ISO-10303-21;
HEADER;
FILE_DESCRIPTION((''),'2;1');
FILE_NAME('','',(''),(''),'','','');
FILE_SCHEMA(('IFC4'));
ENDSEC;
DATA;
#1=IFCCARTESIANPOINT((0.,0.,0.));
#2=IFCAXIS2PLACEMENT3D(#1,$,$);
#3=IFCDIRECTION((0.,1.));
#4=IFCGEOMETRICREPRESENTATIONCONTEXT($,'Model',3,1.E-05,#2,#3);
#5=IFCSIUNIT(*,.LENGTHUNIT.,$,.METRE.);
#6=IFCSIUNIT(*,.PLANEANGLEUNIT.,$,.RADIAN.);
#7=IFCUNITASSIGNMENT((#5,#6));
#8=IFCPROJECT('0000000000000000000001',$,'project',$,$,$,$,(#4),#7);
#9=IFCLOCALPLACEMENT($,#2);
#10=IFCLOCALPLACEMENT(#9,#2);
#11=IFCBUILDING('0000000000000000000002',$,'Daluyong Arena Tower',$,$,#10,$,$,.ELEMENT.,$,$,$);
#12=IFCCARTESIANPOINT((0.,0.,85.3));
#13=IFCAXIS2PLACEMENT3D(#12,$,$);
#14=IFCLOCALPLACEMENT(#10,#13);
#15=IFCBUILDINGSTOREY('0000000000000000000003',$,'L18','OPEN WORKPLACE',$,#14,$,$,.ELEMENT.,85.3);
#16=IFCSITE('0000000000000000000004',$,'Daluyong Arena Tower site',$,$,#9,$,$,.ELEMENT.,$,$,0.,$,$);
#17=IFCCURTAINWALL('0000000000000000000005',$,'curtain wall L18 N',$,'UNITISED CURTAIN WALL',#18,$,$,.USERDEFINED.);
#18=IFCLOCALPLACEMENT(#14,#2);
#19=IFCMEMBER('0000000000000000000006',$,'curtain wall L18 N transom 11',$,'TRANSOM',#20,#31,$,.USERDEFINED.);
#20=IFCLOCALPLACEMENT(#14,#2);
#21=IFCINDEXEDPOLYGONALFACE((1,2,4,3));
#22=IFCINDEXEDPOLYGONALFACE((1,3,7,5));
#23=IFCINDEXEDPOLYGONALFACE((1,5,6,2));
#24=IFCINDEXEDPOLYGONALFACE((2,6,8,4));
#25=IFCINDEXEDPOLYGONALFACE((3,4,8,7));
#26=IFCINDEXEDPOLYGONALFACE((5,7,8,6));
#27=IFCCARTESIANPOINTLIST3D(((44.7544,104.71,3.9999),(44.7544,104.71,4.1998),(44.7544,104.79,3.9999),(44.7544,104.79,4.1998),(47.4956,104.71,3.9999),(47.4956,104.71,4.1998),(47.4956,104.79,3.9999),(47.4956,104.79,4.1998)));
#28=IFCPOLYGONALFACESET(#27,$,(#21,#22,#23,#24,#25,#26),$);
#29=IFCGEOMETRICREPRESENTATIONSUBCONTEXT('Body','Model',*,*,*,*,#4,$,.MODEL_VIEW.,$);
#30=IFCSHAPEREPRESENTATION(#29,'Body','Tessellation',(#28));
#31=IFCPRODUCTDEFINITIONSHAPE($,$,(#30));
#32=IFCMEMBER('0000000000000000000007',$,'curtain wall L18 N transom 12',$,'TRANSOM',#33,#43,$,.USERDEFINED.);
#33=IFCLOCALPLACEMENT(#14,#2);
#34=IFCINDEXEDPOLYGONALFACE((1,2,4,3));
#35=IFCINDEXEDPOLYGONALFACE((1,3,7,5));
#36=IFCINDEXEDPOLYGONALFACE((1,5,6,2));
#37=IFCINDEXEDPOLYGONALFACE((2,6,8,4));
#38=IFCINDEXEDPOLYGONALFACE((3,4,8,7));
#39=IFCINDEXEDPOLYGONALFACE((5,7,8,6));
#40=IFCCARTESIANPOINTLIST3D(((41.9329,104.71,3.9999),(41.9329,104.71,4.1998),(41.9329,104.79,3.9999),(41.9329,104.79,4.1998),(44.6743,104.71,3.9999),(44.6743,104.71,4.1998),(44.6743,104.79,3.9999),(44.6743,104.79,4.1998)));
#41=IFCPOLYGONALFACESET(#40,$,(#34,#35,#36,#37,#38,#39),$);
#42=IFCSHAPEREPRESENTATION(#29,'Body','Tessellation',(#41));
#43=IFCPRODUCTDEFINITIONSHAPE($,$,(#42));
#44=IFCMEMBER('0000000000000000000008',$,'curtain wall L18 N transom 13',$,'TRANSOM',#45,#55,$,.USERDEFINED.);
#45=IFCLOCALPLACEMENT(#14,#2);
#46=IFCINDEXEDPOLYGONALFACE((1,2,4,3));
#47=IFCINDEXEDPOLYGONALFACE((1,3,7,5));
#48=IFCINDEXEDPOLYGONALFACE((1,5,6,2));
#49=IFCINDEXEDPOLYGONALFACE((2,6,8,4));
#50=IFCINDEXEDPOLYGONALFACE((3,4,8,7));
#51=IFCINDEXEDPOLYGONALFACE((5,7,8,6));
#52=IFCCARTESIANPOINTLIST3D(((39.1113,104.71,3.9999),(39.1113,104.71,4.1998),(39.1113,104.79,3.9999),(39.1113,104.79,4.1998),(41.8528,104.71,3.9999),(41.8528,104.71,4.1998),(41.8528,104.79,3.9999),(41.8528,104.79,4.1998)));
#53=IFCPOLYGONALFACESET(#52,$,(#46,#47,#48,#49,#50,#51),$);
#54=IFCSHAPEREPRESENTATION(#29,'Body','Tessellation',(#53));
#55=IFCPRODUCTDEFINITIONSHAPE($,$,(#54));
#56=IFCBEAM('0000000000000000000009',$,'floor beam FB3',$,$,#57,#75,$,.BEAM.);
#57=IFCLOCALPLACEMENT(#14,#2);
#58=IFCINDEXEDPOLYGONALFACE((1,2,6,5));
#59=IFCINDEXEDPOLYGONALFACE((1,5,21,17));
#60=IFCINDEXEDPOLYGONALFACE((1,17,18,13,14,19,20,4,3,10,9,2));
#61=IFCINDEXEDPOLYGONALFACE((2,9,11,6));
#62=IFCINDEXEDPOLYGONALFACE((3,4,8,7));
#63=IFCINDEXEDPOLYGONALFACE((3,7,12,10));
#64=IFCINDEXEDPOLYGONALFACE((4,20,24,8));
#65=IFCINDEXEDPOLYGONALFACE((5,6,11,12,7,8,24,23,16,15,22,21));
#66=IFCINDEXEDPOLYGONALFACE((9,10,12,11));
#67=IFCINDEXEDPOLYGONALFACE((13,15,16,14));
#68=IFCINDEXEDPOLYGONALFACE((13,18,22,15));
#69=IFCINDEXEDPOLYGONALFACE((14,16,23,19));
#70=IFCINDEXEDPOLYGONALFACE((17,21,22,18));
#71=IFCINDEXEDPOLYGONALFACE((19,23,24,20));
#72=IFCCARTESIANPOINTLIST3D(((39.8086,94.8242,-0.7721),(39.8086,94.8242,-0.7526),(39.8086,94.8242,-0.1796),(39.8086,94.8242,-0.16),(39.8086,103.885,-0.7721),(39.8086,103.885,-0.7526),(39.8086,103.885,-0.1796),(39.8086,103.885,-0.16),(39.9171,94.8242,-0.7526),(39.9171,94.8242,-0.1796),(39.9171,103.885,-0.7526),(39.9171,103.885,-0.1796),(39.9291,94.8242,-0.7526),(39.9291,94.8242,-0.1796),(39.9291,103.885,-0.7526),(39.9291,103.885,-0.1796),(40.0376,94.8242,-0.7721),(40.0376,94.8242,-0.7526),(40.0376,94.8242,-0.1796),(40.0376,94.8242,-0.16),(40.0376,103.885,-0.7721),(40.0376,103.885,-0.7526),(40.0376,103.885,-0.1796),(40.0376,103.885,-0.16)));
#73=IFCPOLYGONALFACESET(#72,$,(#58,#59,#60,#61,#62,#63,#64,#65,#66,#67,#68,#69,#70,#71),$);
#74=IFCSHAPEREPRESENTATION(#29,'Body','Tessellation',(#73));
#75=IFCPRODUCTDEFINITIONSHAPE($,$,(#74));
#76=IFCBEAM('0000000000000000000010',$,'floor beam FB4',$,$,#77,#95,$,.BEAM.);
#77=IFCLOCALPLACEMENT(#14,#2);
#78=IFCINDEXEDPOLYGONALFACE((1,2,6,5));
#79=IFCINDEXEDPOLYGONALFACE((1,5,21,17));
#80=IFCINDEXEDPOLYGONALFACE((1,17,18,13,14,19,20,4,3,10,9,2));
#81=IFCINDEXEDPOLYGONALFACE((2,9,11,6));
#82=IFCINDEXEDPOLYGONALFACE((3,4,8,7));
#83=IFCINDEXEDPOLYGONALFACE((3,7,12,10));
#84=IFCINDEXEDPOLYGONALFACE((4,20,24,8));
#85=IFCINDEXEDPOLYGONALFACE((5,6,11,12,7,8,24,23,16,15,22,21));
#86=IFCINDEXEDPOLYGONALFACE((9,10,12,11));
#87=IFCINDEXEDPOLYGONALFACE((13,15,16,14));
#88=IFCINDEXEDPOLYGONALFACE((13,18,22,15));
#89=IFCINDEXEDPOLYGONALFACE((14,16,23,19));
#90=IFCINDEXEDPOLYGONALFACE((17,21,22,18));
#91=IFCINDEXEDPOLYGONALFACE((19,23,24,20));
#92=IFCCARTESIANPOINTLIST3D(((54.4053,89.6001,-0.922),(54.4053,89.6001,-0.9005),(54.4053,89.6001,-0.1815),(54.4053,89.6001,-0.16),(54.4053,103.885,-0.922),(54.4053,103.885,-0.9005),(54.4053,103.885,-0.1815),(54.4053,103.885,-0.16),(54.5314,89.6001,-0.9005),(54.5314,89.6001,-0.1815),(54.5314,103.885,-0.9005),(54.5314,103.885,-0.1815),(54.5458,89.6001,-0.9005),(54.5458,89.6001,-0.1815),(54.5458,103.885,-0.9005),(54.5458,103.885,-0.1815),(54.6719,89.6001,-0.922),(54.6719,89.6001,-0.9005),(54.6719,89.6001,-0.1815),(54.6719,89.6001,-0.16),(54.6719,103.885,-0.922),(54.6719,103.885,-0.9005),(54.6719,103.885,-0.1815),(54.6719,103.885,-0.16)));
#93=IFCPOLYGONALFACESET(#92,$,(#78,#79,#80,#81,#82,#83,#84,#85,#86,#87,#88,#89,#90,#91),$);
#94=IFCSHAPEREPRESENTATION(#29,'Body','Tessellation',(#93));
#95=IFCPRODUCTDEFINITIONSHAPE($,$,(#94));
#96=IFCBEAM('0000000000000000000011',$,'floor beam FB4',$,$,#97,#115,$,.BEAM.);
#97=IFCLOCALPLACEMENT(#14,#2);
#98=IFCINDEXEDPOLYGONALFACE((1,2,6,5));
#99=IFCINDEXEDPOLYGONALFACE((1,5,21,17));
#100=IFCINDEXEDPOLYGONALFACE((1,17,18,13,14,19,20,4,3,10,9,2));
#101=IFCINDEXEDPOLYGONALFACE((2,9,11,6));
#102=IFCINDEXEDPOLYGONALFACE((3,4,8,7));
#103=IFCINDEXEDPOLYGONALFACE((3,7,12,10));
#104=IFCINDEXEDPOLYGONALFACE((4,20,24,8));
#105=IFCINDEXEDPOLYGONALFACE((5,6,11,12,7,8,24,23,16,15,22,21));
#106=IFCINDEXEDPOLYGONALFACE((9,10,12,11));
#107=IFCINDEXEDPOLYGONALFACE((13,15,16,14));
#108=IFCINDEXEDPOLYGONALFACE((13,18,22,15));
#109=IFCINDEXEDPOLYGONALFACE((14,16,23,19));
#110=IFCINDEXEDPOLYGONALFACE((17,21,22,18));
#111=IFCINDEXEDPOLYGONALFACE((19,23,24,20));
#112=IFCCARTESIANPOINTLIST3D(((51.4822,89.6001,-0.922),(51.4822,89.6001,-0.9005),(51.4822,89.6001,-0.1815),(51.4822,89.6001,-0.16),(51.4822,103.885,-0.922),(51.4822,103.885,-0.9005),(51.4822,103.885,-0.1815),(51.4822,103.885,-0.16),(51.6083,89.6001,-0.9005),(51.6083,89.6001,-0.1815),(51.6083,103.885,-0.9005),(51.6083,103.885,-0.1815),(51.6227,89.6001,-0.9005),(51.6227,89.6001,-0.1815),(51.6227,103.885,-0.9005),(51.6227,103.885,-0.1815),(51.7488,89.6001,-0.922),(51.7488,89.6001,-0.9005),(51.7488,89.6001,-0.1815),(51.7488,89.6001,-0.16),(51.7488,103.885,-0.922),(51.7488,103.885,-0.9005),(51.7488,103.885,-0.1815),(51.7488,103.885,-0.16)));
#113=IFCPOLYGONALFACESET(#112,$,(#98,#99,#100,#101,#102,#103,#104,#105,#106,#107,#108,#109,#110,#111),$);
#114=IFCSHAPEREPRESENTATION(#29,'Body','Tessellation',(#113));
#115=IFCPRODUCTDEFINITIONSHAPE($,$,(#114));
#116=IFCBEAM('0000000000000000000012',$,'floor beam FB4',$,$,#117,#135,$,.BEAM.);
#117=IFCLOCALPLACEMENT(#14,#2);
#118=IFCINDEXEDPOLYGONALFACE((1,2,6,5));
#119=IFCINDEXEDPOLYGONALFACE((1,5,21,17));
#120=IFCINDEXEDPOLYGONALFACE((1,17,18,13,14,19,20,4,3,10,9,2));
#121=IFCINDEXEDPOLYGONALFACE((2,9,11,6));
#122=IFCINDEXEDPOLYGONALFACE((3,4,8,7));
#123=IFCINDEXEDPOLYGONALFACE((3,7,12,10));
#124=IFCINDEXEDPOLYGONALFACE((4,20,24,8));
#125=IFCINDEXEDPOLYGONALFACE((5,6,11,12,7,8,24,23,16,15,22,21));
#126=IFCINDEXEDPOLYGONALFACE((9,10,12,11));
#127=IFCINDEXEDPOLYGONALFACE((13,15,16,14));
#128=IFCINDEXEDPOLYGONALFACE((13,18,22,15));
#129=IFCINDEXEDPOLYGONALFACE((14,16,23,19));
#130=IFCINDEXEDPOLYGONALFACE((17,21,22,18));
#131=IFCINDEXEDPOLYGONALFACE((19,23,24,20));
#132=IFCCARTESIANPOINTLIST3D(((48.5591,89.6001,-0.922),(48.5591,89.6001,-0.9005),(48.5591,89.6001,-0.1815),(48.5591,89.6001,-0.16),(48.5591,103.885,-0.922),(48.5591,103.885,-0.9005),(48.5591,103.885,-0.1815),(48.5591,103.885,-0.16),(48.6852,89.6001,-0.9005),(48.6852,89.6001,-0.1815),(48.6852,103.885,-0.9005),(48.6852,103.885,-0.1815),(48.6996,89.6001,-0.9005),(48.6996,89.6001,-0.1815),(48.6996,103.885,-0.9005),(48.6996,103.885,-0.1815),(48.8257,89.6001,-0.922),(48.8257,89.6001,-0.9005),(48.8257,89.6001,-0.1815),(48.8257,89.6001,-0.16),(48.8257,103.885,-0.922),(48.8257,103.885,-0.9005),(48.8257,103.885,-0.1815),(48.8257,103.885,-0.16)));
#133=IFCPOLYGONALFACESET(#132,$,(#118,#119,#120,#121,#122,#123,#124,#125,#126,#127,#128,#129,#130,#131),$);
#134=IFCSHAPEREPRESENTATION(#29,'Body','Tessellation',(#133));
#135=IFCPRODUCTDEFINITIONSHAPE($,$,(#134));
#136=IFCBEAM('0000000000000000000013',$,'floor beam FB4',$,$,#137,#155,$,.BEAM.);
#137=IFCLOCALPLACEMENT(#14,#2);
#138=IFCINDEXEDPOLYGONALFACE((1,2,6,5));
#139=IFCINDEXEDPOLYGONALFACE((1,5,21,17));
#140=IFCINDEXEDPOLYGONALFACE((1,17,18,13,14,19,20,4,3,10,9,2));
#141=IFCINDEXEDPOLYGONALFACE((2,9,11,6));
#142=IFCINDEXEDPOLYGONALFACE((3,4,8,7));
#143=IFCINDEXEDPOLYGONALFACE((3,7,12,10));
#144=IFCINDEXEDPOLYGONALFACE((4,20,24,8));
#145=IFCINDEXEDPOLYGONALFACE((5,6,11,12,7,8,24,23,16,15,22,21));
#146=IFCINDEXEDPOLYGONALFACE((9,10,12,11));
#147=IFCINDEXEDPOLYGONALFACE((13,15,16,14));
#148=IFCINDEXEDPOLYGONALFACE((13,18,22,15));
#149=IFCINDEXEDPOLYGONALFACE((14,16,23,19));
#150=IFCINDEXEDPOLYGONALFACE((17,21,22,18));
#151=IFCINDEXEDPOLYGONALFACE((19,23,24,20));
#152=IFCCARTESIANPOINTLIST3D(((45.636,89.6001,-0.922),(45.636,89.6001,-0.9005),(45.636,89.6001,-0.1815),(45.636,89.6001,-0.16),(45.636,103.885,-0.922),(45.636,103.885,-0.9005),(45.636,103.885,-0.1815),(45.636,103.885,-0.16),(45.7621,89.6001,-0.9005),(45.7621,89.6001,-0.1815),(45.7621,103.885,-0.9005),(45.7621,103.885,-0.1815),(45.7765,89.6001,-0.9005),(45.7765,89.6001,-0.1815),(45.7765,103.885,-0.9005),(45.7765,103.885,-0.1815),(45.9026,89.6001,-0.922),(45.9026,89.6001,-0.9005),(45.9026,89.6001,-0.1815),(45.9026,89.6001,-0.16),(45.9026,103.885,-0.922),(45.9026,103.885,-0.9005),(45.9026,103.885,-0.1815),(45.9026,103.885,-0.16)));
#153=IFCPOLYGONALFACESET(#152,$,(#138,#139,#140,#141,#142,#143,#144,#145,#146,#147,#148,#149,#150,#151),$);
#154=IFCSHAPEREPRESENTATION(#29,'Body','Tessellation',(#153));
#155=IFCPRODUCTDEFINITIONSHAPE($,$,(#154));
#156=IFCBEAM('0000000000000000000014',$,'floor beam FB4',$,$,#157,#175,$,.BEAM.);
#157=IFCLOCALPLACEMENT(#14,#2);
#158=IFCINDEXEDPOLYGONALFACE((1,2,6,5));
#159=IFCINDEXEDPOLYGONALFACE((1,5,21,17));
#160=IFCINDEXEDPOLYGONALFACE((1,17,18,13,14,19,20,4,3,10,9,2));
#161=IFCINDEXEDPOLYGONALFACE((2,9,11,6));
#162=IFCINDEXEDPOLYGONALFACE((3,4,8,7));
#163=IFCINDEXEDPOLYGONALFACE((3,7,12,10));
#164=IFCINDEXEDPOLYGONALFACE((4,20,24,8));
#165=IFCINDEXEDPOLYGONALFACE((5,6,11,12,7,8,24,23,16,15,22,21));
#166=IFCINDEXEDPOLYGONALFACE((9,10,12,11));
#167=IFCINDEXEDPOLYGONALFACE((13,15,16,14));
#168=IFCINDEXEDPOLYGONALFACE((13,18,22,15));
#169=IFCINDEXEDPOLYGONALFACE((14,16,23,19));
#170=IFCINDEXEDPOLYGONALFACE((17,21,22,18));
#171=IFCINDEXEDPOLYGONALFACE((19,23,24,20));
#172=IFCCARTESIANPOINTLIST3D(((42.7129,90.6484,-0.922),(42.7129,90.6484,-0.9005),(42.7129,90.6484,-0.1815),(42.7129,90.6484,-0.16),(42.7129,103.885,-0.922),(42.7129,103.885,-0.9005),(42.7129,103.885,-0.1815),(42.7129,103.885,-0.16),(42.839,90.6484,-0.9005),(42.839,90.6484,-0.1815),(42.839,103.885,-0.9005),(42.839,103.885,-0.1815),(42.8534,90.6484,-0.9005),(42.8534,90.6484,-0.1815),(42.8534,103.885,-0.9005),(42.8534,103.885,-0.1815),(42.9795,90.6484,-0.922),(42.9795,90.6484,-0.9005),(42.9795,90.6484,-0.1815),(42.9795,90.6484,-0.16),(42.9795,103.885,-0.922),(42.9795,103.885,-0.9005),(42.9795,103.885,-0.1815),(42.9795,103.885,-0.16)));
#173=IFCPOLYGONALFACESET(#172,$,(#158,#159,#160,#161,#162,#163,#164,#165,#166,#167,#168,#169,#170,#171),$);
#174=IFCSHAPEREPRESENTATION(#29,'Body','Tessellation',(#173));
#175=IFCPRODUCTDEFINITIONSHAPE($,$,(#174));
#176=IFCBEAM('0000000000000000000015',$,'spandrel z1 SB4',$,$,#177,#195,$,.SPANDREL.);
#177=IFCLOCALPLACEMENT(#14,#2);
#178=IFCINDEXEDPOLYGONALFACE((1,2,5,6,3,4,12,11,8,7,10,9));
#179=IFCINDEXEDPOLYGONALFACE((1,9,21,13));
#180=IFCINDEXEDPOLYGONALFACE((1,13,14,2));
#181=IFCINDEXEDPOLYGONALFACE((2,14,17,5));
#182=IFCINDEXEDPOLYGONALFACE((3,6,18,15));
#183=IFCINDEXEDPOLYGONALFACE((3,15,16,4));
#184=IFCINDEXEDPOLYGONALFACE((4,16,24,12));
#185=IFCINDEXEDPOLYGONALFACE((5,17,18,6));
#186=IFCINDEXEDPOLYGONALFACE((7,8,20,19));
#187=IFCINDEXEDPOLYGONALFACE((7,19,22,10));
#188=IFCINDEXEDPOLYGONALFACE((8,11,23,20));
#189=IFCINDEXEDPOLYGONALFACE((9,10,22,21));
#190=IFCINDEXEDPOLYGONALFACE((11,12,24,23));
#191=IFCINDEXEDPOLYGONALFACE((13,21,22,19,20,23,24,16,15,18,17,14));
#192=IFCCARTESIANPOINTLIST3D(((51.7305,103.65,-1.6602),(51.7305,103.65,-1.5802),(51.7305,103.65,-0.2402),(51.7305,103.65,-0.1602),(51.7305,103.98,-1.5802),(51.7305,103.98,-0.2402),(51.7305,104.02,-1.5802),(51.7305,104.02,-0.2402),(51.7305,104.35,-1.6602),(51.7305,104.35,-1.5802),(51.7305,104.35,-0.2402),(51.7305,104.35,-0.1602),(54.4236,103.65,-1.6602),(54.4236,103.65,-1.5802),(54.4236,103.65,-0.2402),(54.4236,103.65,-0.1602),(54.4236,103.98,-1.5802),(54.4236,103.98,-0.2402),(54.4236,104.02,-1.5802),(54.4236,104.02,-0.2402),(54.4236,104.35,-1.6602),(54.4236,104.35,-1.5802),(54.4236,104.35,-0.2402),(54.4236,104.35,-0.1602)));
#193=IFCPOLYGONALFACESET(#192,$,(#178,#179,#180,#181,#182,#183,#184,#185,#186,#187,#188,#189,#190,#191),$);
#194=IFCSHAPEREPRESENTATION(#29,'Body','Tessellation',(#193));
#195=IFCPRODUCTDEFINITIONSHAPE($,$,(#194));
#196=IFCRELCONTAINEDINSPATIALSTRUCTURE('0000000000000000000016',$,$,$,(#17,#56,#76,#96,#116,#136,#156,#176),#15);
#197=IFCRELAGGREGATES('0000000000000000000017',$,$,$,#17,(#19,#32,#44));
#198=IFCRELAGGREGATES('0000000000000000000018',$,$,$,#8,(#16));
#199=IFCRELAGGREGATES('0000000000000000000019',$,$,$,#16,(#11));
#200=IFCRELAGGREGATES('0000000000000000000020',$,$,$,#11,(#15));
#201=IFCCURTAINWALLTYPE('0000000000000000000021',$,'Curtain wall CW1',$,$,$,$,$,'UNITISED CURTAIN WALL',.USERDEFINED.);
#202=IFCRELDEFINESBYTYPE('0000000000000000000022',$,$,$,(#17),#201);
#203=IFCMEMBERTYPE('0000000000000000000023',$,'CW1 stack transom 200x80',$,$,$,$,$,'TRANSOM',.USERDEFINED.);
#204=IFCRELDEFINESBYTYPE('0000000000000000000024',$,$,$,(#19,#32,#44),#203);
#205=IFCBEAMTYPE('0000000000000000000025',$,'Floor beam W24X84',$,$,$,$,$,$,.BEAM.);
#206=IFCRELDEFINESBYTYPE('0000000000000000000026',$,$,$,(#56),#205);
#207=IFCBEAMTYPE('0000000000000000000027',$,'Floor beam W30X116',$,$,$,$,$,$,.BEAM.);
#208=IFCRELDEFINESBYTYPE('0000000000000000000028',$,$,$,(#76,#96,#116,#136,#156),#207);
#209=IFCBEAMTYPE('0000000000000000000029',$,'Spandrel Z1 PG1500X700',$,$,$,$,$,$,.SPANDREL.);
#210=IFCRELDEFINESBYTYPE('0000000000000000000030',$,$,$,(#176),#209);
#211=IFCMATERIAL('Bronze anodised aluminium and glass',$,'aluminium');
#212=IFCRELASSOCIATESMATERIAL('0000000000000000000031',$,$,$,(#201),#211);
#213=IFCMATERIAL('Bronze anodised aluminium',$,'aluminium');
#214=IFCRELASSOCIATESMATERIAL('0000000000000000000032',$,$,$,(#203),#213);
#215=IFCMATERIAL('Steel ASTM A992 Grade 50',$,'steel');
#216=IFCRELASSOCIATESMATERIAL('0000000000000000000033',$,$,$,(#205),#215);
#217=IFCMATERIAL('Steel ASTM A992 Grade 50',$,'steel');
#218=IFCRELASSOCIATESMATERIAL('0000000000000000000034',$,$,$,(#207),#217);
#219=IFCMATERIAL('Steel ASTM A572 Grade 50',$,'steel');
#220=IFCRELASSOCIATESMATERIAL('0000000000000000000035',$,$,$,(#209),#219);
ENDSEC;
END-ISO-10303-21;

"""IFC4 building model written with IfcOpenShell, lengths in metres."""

from ifc_helpers import new_model, si_unit, direction, frame, origin, origin_2d, place, context, subcontext, project, spatial, rectangle, i_section, extrude, material, material_profile, profile_set, type_object, element, aggregate, save


model = new_model("IFC4")

# Units and contexts
model_context = context("Model", 3, precision=1e-05, world=origin(), true_north=direction((0.0, 1.0)))
body_context = subcontext(model_context, "Body", "Model", "MODEL_VIEW")
ifc_project = project(units=[si_unit("LENGTHUNIT", "METRE"), si_unit("PLANEANGLEUNIT", "RADIAN")], contexts=[model_context])

# Site, building, storey
site_placement = place(None, origin())
site = spatial("IfcSite", under=ifc_project, at=site_placement, Name="Daluyong Arena Tower site", CompositionType="ELEMENT", RefElevation=0.0)
building_placement = place(site_placement, origin())
building = spatial("IfcBuilding", under=site, at=building_placement, Name="Daluyong Arena Tower", CompositionType="ELEMENT")
storey_placement = place(building_placement, frame((0.0, 0.0, 85.3)))
storey = spatial("IfcBuildingStorey", under=building, at=storey_placement, Name="L18", Description="OPEN WORKPLACE", CompositionType="ELEMENT", Elevation=85.3)

# Curtain wall, members
ifc_material_1 = material(Name="Bronze anodised aluminium and glass", Category="aluminium")
curtain_wall_type = type_object("IfcCurtainWallType", Name="Curtain wall CW1", ElementType="UNITISED CURTAIN WALL", PredefinedType="USERDEFINED", material=ifc_material_1)
curtain_wall_placement = place(storey_placement, origin())
curtain_wall = element("IfcCurtainWall", 1, at=curtain_wall_placement, inside=storey, type_object=curtain_wall_type, Name="curtain wall L18 N", ObjectType="UNITISED CURTAIN WALL", PredefinedType="USERDEFINED")
ifc_material_2 = material(Name="Bronze anodised aluminium", Category="aluminium")
ifc_material_profile_1 = material_profile(ifc_material_2, rectangle(XDim=0.0801, YDim=0.2, at=origin_2d()))
ifc_profile_set_1 = profile_set([ifc_material_profile_1], Name="Bronze anodised aluminium")
member_type_1 = type_object("IfcMemberType", Name="CW1 stack transom 200x80", ElementType="TRANSOM", PredefinedType="USERDEFINED", material=ifc_profile_set_1)
member_1_placement = place(storey_placement, frame((47.4956, 104.75, 4.0999), z_axis=(-1.0, 0.0, 0.0), x_axis=(0.0, -1.0, 0.0)))
member_1 = element("IfcMember", 2, at=member_1_placement, type_object=member_type_1, Name="curtain wall L18 N transom 11", ObjectType="TRANSOM", PredefinedType="USERDEFINED", context=body_context, shape_type="SweptSolid", body=[
    extrude(rectangle(XDim=0.0801, YDim=0.2, at=origin_2d()), origin(), (0.0, 0.0, 1.0), 2.7412),
])
member_2_placement = place(storey_placement, frame((44.6743, 104.75, 4.0999), z_axis=(-1.0, 0.0, 0.0), x_axis=(0.0, -1.0, 0.0)))
member_2 = element("IfcMember", 3, at=member_2_placement, type_object=member_type_1, Name="curtain wall L18 N transom 12", ObjectType="TRANSOM", PredefinedType="USERDEFINED", context=body_context, shape_type="SweptSolid", body=[
    extrude(rectangle(XDim=0.0801, YDim=0.2, at=origin_2d()), origin(), (0.0, 0.0, 1.0), 2.7415),
])
member_3_placement = place(storey_placement, frame((41.8528, 104.75, 4.0999), z_axis=(-1.0, 0.0, 0.0), x_axis=(0.0, -1.0, 0.0)))
member_3 = element("IfcMember", 4, at=member_3_placement, type_object=member_type_1, Name="curtain wall L18 N transom 13", ObjectType="TRANSOM", PredefinedType="USERDEFINED", context=body_context, shape_type="SweptSolid", body=[
    extrude(rectangle(XDim=0.0801, YDim=0.2, at=origin_2d()), origin(), (0.0, 0.0, 1.0), 2.7415),
])

# Beams
ifc_material_3 = material(Name="Steel ASTM A992 Grade 50", Category="steel")
ifc_material_profile_2 = material_profile(ifc_material_3, i_section(OverallWidth=0.229, OverallDepth=0.6121, WebThickness=0.012, FlangeThickness=0.0195, at=origin_2d()))
ifc_profile_set_2 = profile_set([ifc_material_profile_2], Name="Steel ASTM A992 Grade 50")
beam_type_1 = type_object("IfcBeamType", Name="Floor beam W24X84", PredefinedType="BEAM", material=ifc_profile_set_2)
beam_1_placement = place(storey_placement, frame((39.9231, 103.885, -0.4661), z_axis=(0.0, -1.0, 0.0), x_axis=(1.0, 0.0, 0.0)))
element("IfcBeam", 5, at=beam_1_placement, inside=storey, type_object=beam_type_1, Name="floor beam FB3", PredefinedType="BEAM", context=body_context, shape_type="SweptSolid", body=[
    extrude(i_section(OverallWidth=0.229, OverallDepth=0.6121, WebThickness=0.012, FlangeThickness=0.0195, at=origin_2d()), origin(), (0.0, 0.0, 1.0), 9.0608),
])
ifc_material_4 = material(Name="Steel ASTM A992 Grade 50", Category="steel")
ifc_material_profile_3 = material_profile(ifc_material_4, i_section(OverallWidth=0.2666, OverallDepth=0.762, WebThickness=0.0144, FlangeThickness=0.0215, at=origin_2d()))
ifc_profile_set_3 = profile_set([ifc_material_profile_3], Name="Steel ASTM A992 Grade 50")
beam_type_2 = type_object("IfcBeamType", Name="Floor beam W30X116", PredefinedType="BEAM", material=ifc_profile_set_3)
for number, where, z_axis, x_axis, name in (
    (6, (54.5386, 103.885, -0.541), (0.0, -1.0, 0.0), (1.0, 0.0, 0.0), "floor beam FB4"),
    (7, (51.6155, 103.885, -0.541), (0.0, -1.0, 0.0), (1.0, 0.0, 0.0), "floor beam FB4"),
    (8, (48.6924, 103.885, -0.541), (0.0, -1.0, 0.0), (1.0, 0.0, 0.0), "floor beam FB4"),
    (9, (45.7693, 103.885, -0.541), (0.0, -1.0, 0.0), (1.0, 0.0, 0.0), "floor beam FB4"),
):
    element("IfcBeam", number, at=place(storey_placement, frame(where, z_axis=z_axis, x_axis=x_axis)), inside=storey, type_object=beam_type_2, Name=name, PredefinedType="BEAM", context=body_context, shape_type="SweptSolid", body=[
        extrude(i_section(OverallWidth=0.2666, OverallDepth=0.762, WebThickness=0.0144, FlangeThickness=0.0215, at=origin_2d()), origin(), (0.0, 0.0, 1.0), 14.2849),
    ])
beam_2_placement = place(storey_placement, frame((42.8462, 103.885, -0.541), z_axis=(0.0, -1.0, 0.0), x_axis=(1.0, 0.0, 0.0)))
element("IfcBeam", 10, at=beam_2_placement, inside=storey, type_object=beam_type_2, Name="floor beam FB4", PredefinedType="BEAM", context=body_context, shape_type="SweptSolid", body=[
    extrude(i_section(OverallWidth=0.2666, OverallDepth=0.762, WebThickness=0.0144, FlangeThickness=0.0215, at=origin_2d()), origin(), (0.0, 0.0, 1.0), 13.2366),
])
ifc_material_5 = material(Name="Steel ASTM A572 Grade 50", Category="steel")
ifc_material_profile_4 = material_profile(ifc_material_5, i_section(OverallWidth=0.7, OverallDepth=1.5, WebThickness=0.04, FlangeThickness=0.08, at=origin_2d()))
ifc_profile_set_4 = profile_set([ifc_material_profile_4], Name="Steel ASTM A572 Grade 50")
beam_type_3 = type_object("IfcBeamType", Name="Spandrel Z1 PG1500X700", PredefinedType="SPANDREL", material=ifc_profile_set_4)
for number, where, z_axis, x_axis, name in (
    (11, (54.4236, 104.0, -0.9102), (-1.0, 0.0, 0.0), (0.0, -1.0, 0.0), "spandrel z1 SB4"),
):
    element("IfcBeam", number, at=place(storey_placement, frame(where, z_axis=z_axis, x_axis=x_axis)), inside=storey, type_object=beam_type_3, Name=name, PredefinedType="SPANDREL", context=body_context, shape_type="SweptSolid", body=[
        extrude(i_section(OverallWidth=0.7, OverallDepth=1.5, WebThickness=0.04, FlangeThickness=0.08, at=origin_2d()), origin(), (0.0, 0.0, 1.0), 2.6931),
    ])

aggregate(curtain_wall, [member_1, member_2, member_3])

save(model, "model.ifc")
